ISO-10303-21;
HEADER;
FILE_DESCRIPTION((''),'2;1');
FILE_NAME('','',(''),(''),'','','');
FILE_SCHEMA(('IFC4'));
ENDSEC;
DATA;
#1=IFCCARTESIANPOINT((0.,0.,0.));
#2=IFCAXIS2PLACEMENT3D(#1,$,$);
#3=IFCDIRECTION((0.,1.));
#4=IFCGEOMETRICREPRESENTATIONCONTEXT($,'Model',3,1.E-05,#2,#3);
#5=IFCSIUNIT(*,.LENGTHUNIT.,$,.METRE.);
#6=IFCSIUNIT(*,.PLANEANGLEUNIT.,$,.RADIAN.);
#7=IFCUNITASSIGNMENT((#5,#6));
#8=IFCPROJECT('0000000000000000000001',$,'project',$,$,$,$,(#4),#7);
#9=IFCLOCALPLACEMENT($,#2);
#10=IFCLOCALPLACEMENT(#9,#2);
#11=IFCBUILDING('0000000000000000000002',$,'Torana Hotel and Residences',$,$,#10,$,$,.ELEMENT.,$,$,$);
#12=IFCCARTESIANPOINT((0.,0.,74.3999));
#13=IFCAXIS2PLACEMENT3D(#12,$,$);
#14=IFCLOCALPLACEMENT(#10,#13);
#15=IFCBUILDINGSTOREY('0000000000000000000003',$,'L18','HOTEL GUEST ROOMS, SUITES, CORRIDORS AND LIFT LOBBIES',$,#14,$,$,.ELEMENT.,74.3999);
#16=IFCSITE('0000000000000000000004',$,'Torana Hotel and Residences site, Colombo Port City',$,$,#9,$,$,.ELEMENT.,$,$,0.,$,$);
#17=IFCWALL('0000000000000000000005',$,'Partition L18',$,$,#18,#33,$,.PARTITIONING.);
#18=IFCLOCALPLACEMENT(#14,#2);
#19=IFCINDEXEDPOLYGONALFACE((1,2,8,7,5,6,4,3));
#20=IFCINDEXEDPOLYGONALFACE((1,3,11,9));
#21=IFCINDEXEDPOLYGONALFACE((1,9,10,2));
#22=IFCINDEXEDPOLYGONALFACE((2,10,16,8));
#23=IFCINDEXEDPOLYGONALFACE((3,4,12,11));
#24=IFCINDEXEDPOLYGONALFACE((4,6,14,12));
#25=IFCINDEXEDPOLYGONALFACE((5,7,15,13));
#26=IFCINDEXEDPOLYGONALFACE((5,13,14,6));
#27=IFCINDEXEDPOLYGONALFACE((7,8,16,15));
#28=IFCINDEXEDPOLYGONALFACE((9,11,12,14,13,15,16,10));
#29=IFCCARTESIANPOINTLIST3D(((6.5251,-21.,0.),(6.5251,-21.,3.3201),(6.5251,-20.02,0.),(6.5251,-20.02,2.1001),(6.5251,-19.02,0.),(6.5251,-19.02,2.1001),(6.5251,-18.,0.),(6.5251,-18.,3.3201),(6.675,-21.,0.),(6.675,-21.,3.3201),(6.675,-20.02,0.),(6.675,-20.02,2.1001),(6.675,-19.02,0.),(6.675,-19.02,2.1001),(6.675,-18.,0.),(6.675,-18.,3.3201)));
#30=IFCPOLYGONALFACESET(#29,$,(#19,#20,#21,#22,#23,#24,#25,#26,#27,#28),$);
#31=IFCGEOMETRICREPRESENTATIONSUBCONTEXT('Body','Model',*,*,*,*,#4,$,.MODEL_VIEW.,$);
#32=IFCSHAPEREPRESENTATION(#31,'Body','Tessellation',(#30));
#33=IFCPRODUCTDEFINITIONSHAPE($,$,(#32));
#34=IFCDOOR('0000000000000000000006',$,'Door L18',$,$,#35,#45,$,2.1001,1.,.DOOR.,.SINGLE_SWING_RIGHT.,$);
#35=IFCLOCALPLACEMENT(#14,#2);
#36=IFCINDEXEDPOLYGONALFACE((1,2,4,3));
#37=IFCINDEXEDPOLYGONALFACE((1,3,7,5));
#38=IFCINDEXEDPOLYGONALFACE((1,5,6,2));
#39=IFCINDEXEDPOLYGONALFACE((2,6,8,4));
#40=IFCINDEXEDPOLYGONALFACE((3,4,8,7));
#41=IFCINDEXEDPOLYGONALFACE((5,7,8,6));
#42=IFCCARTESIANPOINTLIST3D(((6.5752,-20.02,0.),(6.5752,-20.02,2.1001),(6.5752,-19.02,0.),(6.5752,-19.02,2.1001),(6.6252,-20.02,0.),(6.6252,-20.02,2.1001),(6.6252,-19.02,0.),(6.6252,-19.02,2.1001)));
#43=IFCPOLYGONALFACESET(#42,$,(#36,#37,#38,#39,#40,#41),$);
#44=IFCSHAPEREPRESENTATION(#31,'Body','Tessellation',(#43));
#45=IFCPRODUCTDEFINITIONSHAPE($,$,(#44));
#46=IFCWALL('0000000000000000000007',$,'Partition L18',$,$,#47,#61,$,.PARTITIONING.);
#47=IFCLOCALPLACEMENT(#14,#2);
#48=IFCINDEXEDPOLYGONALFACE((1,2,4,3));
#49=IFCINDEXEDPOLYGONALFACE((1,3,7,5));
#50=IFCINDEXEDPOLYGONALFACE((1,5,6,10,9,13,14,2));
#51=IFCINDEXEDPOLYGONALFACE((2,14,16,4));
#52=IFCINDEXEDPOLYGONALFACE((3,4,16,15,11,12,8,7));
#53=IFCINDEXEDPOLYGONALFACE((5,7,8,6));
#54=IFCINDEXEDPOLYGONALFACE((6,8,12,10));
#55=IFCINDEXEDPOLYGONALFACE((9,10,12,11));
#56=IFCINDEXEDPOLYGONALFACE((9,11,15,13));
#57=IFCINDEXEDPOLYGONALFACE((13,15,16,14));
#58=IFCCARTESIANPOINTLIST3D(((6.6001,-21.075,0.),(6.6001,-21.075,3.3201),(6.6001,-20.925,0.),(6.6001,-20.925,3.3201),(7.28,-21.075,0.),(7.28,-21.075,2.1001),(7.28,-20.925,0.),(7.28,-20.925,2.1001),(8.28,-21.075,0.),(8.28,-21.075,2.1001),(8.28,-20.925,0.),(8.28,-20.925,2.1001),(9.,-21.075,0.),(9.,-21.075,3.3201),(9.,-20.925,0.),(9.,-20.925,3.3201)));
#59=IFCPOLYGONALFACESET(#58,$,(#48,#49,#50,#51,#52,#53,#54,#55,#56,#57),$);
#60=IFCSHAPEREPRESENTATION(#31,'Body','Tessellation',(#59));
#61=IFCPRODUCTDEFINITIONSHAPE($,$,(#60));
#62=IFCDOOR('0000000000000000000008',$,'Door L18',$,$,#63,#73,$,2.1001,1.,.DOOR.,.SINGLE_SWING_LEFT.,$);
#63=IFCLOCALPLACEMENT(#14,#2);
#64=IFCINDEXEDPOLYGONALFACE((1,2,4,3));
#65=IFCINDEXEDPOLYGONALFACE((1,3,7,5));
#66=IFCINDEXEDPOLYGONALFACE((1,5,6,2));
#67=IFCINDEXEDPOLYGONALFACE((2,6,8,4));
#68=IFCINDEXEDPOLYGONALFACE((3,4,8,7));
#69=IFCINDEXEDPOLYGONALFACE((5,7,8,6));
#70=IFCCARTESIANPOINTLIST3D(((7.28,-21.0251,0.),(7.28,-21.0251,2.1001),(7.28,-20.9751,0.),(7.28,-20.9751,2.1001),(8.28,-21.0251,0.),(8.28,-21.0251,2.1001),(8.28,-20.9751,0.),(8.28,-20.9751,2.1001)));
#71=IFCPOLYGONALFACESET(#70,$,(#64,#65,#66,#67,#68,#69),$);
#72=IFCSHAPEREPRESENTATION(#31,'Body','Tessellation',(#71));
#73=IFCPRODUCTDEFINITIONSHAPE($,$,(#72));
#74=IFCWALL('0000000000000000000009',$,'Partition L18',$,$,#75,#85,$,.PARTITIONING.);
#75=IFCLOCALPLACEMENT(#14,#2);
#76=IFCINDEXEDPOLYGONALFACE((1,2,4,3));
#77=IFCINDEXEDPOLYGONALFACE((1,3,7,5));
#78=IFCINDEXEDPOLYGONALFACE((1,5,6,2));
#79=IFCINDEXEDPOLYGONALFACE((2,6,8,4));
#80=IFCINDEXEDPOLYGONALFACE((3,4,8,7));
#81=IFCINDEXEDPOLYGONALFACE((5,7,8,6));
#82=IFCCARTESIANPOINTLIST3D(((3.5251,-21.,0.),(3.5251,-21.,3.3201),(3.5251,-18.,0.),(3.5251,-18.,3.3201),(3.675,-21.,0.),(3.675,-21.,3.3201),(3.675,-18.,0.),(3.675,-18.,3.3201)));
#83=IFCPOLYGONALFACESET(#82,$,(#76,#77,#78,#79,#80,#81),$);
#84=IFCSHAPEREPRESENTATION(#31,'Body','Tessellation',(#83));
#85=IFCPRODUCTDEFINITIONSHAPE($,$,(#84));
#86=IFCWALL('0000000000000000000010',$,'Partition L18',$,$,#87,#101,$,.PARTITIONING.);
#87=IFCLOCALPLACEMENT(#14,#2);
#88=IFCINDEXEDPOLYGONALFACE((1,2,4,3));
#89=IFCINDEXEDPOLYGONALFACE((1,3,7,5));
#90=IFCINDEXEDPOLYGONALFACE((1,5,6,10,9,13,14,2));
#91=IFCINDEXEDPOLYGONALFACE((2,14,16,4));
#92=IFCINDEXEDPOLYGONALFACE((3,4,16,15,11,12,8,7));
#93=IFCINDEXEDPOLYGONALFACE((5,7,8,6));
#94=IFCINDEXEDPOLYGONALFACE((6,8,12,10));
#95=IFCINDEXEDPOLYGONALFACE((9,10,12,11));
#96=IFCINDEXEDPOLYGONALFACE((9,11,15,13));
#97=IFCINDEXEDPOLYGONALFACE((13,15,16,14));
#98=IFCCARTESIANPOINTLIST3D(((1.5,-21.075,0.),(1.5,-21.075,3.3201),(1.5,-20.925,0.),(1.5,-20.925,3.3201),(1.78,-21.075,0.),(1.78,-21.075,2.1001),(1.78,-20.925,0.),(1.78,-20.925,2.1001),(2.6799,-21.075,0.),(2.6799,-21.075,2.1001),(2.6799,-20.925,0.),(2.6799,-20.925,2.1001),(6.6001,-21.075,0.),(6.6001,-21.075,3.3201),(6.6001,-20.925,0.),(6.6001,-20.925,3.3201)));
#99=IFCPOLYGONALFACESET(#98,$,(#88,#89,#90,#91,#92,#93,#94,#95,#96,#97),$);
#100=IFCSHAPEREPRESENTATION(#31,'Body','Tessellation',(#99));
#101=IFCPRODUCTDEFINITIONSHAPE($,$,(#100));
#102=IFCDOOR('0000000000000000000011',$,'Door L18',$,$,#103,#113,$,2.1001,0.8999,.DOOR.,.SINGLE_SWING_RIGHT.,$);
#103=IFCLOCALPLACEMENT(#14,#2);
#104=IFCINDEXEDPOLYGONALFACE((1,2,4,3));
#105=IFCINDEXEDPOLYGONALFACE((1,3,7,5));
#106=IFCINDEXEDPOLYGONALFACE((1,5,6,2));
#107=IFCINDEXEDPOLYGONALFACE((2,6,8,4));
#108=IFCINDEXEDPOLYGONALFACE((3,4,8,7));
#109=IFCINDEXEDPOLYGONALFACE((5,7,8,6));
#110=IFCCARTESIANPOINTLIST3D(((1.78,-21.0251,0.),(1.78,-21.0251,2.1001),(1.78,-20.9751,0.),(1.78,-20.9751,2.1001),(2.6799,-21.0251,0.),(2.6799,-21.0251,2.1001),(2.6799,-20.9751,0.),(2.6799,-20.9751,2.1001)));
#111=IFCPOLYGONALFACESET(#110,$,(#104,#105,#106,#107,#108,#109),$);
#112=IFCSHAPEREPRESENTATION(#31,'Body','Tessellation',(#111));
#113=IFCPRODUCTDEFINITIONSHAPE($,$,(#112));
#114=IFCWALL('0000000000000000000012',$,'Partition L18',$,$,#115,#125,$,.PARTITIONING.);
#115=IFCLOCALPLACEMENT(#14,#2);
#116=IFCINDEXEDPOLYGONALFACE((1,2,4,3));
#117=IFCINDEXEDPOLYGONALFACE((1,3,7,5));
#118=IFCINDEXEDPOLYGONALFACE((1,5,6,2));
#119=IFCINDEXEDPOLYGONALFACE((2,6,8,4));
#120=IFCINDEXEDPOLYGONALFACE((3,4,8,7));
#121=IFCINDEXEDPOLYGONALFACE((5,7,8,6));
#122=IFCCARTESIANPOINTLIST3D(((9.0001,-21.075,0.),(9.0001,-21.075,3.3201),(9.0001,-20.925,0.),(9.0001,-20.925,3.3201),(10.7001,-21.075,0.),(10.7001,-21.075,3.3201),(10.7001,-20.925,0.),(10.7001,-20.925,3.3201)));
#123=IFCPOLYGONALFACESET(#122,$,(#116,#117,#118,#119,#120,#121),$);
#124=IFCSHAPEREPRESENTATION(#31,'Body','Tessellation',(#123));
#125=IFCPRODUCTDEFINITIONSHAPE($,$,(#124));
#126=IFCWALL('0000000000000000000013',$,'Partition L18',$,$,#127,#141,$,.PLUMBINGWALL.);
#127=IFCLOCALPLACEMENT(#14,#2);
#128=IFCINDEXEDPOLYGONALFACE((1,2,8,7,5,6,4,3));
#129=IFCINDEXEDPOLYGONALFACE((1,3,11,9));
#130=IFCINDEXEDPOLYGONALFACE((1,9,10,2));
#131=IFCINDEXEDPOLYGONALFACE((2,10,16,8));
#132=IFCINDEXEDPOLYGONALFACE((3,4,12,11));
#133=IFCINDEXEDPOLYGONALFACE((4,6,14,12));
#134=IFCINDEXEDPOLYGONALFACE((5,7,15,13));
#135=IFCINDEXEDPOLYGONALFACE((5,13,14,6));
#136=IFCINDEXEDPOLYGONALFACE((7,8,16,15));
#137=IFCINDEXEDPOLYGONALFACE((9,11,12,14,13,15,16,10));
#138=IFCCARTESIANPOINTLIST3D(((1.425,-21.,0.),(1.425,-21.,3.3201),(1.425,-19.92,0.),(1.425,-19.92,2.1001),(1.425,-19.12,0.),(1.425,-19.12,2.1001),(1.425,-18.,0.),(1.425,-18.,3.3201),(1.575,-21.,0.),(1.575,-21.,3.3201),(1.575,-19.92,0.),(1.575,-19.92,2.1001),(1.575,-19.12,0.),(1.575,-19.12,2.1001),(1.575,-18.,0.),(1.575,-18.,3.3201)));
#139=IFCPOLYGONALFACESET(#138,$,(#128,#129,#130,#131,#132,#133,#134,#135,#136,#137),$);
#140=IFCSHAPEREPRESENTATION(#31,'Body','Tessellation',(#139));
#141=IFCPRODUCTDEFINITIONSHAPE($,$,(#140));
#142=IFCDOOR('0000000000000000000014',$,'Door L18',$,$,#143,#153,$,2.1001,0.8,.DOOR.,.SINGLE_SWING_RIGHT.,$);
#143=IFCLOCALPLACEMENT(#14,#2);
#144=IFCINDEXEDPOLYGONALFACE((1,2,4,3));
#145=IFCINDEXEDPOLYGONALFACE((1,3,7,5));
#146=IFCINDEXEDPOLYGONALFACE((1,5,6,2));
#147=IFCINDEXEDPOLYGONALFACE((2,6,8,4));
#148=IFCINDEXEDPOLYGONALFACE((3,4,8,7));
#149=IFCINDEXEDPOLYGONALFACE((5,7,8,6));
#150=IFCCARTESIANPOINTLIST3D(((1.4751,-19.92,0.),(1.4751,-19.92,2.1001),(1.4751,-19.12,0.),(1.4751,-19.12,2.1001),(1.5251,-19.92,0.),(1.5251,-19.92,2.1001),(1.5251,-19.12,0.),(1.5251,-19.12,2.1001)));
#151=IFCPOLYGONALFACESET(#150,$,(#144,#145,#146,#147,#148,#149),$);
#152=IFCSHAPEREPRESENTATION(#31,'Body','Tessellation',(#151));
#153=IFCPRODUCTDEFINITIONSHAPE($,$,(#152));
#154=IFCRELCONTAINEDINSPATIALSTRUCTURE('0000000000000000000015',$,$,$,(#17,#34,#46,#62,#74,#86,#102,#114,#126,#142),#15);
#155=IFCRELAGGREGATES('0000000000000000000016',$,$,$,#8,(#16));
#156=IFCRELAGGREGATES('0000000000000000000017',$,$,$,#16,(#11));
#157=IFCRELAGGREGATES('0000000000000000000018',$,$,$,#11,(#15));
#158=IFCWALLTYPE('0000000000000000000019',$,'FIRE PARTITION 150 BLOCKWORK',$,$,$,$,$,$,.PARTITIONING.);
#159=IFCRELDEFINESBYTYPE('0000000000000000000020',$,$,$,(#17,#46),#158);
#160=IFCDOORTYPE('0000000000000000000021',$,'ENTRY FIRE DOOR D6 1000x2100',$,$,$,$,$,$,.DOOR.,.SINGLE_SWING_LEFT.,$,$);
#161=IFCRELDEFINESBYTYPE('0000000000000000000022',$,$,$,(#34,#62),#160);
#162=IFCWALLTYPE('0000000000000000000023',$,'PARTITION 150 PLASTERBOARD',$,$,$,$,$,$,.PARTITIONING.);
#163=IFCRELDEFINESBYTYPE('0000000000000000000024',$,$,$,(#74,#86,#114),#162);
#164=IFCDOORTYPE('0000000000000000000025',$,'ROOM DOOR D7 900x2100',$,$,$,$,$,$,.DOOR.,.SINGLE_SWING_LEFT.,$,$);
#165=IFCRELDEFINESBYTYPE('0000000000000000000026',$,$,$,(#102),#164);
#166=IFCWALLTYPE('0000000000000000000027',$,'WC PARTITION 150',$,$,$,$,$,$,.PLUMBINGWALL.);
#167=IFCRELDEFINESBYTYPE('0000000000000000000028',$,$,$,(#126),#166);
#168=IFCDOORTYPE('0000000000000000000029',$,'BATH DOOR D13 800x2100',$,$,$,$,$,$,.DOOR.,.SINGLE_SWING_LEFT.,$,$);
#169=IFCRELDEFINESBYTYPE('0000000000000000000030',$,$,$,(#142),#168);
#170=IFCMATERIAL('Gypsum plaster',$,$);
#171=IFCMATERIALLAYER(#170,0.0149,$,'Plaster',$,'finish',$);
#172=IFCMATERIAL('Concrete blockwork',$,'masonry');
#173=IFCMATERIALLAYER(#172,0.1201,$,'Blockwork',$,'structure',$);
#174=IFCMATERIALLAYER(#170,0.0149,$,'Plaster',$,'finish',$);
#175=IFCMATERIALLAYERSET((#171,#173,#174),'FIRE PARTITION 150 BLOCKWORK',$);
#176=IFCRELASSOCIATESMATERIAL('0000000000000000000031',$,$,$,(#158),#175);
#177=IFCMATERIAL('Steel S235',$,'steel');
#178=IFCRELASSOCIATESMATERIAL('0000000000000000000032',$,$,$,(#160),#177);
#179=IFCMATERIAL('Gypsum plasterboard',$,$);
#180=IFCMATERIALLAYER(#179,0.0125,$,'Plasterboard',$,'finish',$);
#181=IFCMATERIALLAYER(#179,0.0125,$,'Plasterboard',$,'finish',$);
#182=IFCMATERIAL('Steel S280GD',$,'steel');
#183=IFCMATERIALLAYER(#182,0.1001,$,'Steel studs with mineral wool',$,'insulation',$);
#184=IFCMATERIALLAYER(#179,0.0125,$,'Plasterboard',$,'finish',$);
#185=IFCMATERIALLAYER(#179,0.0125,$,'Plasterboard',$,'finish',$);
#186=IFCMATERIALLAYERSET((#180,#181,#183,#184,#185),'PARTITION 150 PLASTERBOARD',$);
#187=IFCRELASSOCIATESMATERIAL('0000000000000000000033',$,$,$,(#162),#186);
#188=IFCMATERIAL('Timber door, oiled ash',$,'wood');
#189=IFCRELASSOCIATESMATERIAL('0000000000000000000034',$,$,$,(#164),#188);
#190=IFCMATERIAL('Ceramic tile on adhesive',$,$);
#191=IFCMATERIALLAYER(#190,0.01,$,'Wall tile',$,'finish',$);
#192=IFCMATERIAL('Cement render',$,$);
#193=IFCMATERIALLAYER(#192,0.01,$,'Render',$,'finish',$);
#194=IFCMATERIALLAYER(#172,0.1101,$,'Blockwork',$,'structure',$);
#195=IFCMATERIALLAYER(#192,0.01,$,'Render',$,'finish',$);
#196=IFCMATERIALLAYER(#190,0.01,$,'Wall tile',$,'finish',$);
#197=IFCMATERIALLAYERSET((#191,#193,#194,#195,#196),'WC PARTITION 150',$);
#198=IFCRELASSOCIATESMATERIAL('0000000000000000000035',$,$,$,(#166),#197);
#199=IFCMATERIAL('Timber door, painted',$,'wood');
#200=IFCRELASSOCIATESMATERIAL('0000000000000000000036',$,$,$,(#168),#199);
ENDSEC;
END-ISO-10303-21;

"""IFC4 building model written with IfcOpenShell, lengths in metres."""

from ifc_helpers import new_model, si_unit, direction, frame, frame_2d, origin, place, context, subcontext, project, spatial, rectangle, extrude, material, layer, layer_set, type_object, element, fill, save


model = new_model("IFC4")

# Units and contexts
model_context = context("Model", 3, precision=1e-05, world=origin(), true_north=direction((0.0, 1.0)))
body_context = subcontext(model_context, "Body", "Model", "MODEL_VIEW")
ifc_project = project(units=[si_unit("LENGTHUNIT", "METRE"), si_unit("PLANEANGLEUNIT", "RADIAN")], contexts=[model_context])

# Site, building, storey
site_placement = place(None, origin())
site = spatial("IfcSite", under=ifc_project, at=site_placement, Name="Torana Hotel and Residences site, Colombo Port City", CompositionType="ELEMENT", RefElevation=0.0)
building_placement = place(site_placement, origin())
building = spatial("IfcBuilding", under=site, at=building_placement, Name="Torana Hotel and Residences", CompositionType="ELEMENT")
storey_placement = place(building_placement, frame((0.0, 0.0, 74.3999)))
storey = spatial("IfcBuildingStorey", under=building, at=storey_placement, Name="L18", Description="HOTEL GUEST ROOMS, SUITES, CORRIDORS AND LIFT LOBBIES", CompositionType="ELEMENT", Elevation=74.3999)

# Shared definitions
ifc_material_1 = material(Name="Gypsum plaster")
ifc_layer_1 = layer(ifc_material_1, 0.0149, Name="Plaster", Category="finish")
ifc_material_2 = material(Name="Concrete blockwork", Category="masonry")
ifc_layer_2 = layer(ifc_material_2, 0.1201, Name="Blockwork", Category="structure")
ifc_layer_3 = layer(ifc_material_1, 0.0149, Name="Plaster", Category="finish")
ifc_layer_set_1 = layer_set([ifc_layer_1, ifc_layer_2, ifc_layer_3], Name="FIRE PARTITION 150 BLOCKWORK")
wall_type_1 = type_object("IfcWallType", Name="FIRE PARTITION 150 BLOCKWORK", PredefinedType="PARTITIONING", material=ifc_layer_set_1)

# Walls, openings, doors
wall_1_placement = place(storey_placement, frame((6.6001, -21.0, 0.0), z_axis=(0.0, 0.0, 1.0), x_axis=(0.0, 1.0, 0.0)))
wall_1 = element("IfcWall", 1, at=wall_1_placement, inside=storey, type_object=wall_type_1, Name="Partition L18", PredefinedType="PARTITIONING", context=body_context, shape_type="SweptSolid", body=[
    extrude(rectangle(XDim=3.0, YDim=0.1499, at=frame_2d((1.5, 0.0))), origin(), (0.0, 0.0, 1.0), 3.3201),
])
opening_1_placement = place(wall_1_placement, frame((0.98, 0.0, 0.0)))
opening_1 = element("IfcOpeningElement", 2, at=opening_1_placement, cuts=wall_1, PredefinedType="OPENING", context=body_context, shape_type="SweptSolid", body=[
    extrude(rectangle(XDim=1.0, YDim=2.1001, at=frame_2d((0.5, 1.05))), frame((0.0, 0.085, 0.0), z_axis=(0.0, -1.0, 0.0), x_axis=(1.0, 0.0, 0.0)), (0.0, 0.0, 1.0), 0.1699),
])
ifc_material_3 = material(Name="Steel S235", Category="steel")
door_type_1 = type_object("IfcDoorType", Name="ENTRY FIRE DOOR D6 1000x2100", OperationType="SINGLE_SWING_LEFT", PredefinedType="DOOR", material=ifc_material_3)
door_1_placement = place(opening_1_placement, origin())
door_1 = element("IfcDoor", 3, at=door_1_placement, inside=storey, type_object=door_type_1, Name="Door L18", OperationType="SINGLE_SWING_RIGHT", OverallHeight=2.1001, OverallWidth=1.0, PredefinedType="DOOR", context=body_context, shape_type="SweptSolid", body=[
    extrude(rectangle(XDim=1.0, YDim=2.1001, at=frame_2d((0.5, 1.05))), frame((0.0, 0.0249, 0.0), z_axis=(0.0, -1.0, 0.0), x_axis=(1.0, 0.0, 0.0)), (0.0, 0.0, 1.0), 0.05),
])
fill(opening_1, door_1)
wall_2_placement = place(storey_placement, frame((6.6001, -21.0, 0.0), z_axis=(0.0, 0.0, 1.0), x_axis=(1.0, 0.0, 0.0)))
wall_2 = element("IfcWall", 4, at=wall_2_placement, inside=storey, type_object=wall_type_1, Name="Partition L18", PredefinedType="PARTITIONING", context=body_context, shape_type="SweptSolid", body=[
    extrude(rectangle(XDim=2.3999, YDim=0.1499, at=frame_2d((1.2, 0.0))), origin(), (0.0, 0.0, 1.0), 3.3201),
])
opening_2_placement = place(wall_2_placement, frame((0.6799, 0.0, 0.0)))
opening_2 = element("IfcOpeningElement", 5, at=opening_2_placement, cuts=wall_2, PredefinedType="OPENING", context=body_context, shape_type="SweptSolid", body=[
    extrude(rectangle(XDim=1.0, YDim=2.1001, at=frame_2d((0.5, 1.05))), frame((0.0, 0.085, 0.0), z_axis=(0.0, -1.0, 0.0), x_axis=(1.0, 0.0, 0.0)), (0.0, 0.0, 1.0), 0.1699),
])
door_2_placement = place(opening_2_placement, frame((0.5, 0.0, 0.0), z_axis=(0.0, 0.0, 1.0), x_axis=(-1.0, 0.0, 0.0)))
door_2 = element("IfcDoor", 6, at=door_2_placement, inside=storey, type_object=door_type_1, Name="Door L18", OperationType="SINGLE_SWING_LEFT", OverallHeight=2.1001, OverallWidth=1.0, PredefinedType="DOOR", context=body_context, shape_type="SweptSolid", body=[
    extrude(rectangle(XDim=1.0, YDim=2.1001, at=frame_2d((0.0, 1.05))), frame((0.0, -0.0249, 0.0), z_axis=(0.0, 1.0, 0.0), x_axis=(-1.0, 0.0, 0.0)), (0.0, 0.0, 1.0), 0.05),
])
fill(opening_2, door_2)

# Wall
ifc_material_4 = material(Name="Gypsum plasterboard")
ifc_layer_4 = layer(ifc_material_4, 0.0125, Name="Plasterboard", Category="finish")
ifc_layer_5 = layer(ifc_material_4, 0.0125, Name="Plasterboard", Category="finish")
ifc_material_5 = material(Name="Steel S280GD", Category="steel")
ifc_layer_6 = layer(ifc_material_5, 0.1001, Name="Steel studs with mineral wool", Category="insulation")
ifc_layer_7 = layer(ifc_material_4, 0.0125, Name="Plasterboard", Category="finish")
ifc_layer_8 = layer(ifc_material_4, 0.0125, Name="Plasterboard", Category="finish")
ifc_layer_set_2 = layer_set([ifc_layer_4, ifc_layer_5, ifc_layer_6, ifc_layer_7, ifc_layer_8], Name="PARTITION 150 PLASTERBOARD")
wall_type_2 = type_object("IfcWallType", Name="PARTITION 150 PLASTERBOARD", PredefinedType="PARTITIONING", material=ifc_layer_set_2)
wall_3_placement = place(storey_placement, frame((3.6001, -21.0, 0.0), z_axis=(0.0, 0.0, 1.0), x_axis=(0.0, 1.0, 0.0)))
element("IfcWall", 7, at=wall_3_placement, inside=storey, type_object=wall_type_2, Name="Partition L18", PredefinedType="PARTITIONING", context=body_context, shape_type="SweptSolid", body=[
    extrude(rectangle(XDim=3.0, YDim=0.1499, at=frame_2d((1.5, 0.0))), origin(), (0.0, 0.0, 1.0), 3.3201),
])

# Wall, opening, door
wall_4_placement = place(storey_placement, frame((1.5, -21.0, 0.0), z_axis=(0.0, 0.0, 1.0), x_axis=(1.0, 0.0, 0.0)))
wall_4 = element("IfcWall", 8, at=wall_4_placement, inside=storey, type_object=wall_type_2, Name="Partition L18", PredefinedType="PARTITIONING", context=body_context, shape_type="SweptSolid", body=[
    extrude(rectangle(XDim=5.1001, YDim=0.1499, at=frame_2d((2.55, 0.0))), origin(), (0.0, 0.0, 1.0), 3.3201),
])
opening_3_placement = place(wall_4_placement, frame((0.28, 0.0, 0.0)))
opening_3 = element("IfcOpeningElement", 9, at=opening_3_placement, cuts=wall_4, PredefinedType="OPENING", context=body_context, shape_type="SweptSolid", body=[
    extrude(rectangle(XDim=0.8999, YDim=2.1001, at=frame_2d((0.45, 1.05))), frame((0.0, 0.085, 0.0), z_axis=(0.0, -1.0, 0.0), x_axis=(1.0, 0.0, 0.0)), (0.0, 0.0, 1.0), 0.1699),
])
ifc_material_6 = material(Name="Timber door, oiled ash", Category="wood")
door_type_2 = type_object("IfcDoorType", Name="ROOM DOOR D7 900x2100", OperationType="SINGLE_SWING_LEFT", PredefinedType="DOOR", material=ifc_material_6)
door_3_placement = place(opening_3_placement, origin())
door_3 = element("IfcDoor", 10, at=door_3_placement, inside=storey, type_object=door_type_2, Name="Door L18", OperationType="SINGLE_SWING_RIGHT", OverallHeight=2.1001, OverallWidth=0.8999, PredefinedType="DOOR", context=body_context, shape_type="SweptSolid", body=[
    extrude(rectangle(XDim=0.8999, YDim=2.1001, at=frame_2d((0.45, 1.05))), frame((0.0, 0.0249, 0.0), z_axis=(0.0, -1.0, 0.0), x_axis=(1.0, 0.0, 0.0)), (0.0, 0.0, 1.0), 0.05),
])
fill(opening_3, door_3)

# Wall
wall_5_placement = place(storey_placement, frame((9.0, -21.0, 0.0), z_axis=(0.0, 0.0, 1.0), x_axis=(1.0, 0.0, 0.0)))
element("IfcWall", 11, at=wall_5_placement, inside=storey, type_object=wall_type_2, Name="Partition L18", PredefinedType="PARTITIONING", context=body_context, shape_type="SweptSolid", body=[
    extrude(rectangle(XDim=1.7, YDim=0.1499, at=frame_2d((0.8501, 0.0))), origin(), (0.0, 0.0, 1.0), 3.3201),
])

# Wall, opening, door
ifc_material_7 = material(Name="Ceramic tile on adhesive")
ifc_layer_9 = layer(ifc_material_7, 0.01, Name="Wall tile", Category="finish")
ifc_material_8 = material(Name="Cement render")
ifc_layer_10 = layer(ifc_material_8, 0.01, Name="Render", Category="finish")
ifc_layer_11 = layer(ifc_material_2, 0.1101, Name="Blockwork", Category="structure")
ifc_layer_12 = layer(ifc_material_8, 0.01, Name="Render", Category="finish")
ifc_layer_13 = layer(ifc_material_7, 0.01, Name="Wall tile", Category="finish")
ifc_layer_set_3 = layer_set([ifc_layer_9, ifc_layer_10, ifc_layer_11, ifc_layer_12, ifc_layer_13], Name="WC PARTITION 150")
wall_type_3 = type_object("IfcWallType", Name="WC PARTITION 150", PredefinedType="PLUMBINGWALL", material=ifc_layer_set_3)
wall_6_placement = place(storey_placement, frame((1.5, -21.0, 0.0), z_axis=(0.0, 0.0, 1.0), x_axis=(0.0, 1.0, 0.0)))
wall_6 = element("IfcWall", 12, at=wall_6_placement, inside=storey, type_object=wall_type_3, Name="Partition L18", PredefinedType="PLUMBINGWALL", context=body_context, shape_type="SweptSolid", body=[
    extrude(rectangle(XDim=3.0, YDim=0.1499, at=frame_2d((1.5, 0.0))), origin(), (0.0, 0.0, 1.0), 3.3201),
])
opening_4_placement = place(wall_6_placement, frame((1.0801, 0.0, 0.0)))
opening_4 = element("IfcOpeningElement", 13, at=opening_4_placement, cuts=wall_6, PredefinedType="OPENING", context=body_context, shape_type="SweptSolid", body=[
    extrude(rectangle(XDim=0.8, YDim=2.1001, at=frame_2d((0.3999, 1.05))), frame((0.0, 0.085, 0.0), z_axis=(0.0, -1.0, 0.0), x_axis=(1.0, 0.0, 0.0)), (0.0, 0.0, 1.0), 0.1699),
])
ifc_material_9 = material(Name="Timber door, painted", Category="wood")
door_type_3 = type_object("IfcDoorType", Name="BATH DOOR D13 800x2100", OperationType="SINGLE_SWING_LEFT", PredefinedType="DOOR", material=ifc_material_9)
door_4_placement = place(opening_4_placement, origin())
door_4 = element("IfcDoor", 14, at=door_4_placement, inside=storey, type_object=door_type_3, Name="Door L18", OperationType="SINGLE_SWING_RIGHT", OverallHeight=2.1001, OverallWidth=0.8, PredefinedType="DOOR", context=body_context, shape_type="SweptSolid", body=[
    extrude(rectangle(XDim=0.8, YDim=2.1001, at=frame_2d((0.3999, 1.05))), frame((0.0, 0.0249, 0.0), z_axis=(0.0, -1.0, 0.0), x_axis=(1.0, 0.0, 0.0)), (0.0, 0.0, 1.0), 0.05),
])
fill(opening_4, door_4)

save(model, "model.ifc")
